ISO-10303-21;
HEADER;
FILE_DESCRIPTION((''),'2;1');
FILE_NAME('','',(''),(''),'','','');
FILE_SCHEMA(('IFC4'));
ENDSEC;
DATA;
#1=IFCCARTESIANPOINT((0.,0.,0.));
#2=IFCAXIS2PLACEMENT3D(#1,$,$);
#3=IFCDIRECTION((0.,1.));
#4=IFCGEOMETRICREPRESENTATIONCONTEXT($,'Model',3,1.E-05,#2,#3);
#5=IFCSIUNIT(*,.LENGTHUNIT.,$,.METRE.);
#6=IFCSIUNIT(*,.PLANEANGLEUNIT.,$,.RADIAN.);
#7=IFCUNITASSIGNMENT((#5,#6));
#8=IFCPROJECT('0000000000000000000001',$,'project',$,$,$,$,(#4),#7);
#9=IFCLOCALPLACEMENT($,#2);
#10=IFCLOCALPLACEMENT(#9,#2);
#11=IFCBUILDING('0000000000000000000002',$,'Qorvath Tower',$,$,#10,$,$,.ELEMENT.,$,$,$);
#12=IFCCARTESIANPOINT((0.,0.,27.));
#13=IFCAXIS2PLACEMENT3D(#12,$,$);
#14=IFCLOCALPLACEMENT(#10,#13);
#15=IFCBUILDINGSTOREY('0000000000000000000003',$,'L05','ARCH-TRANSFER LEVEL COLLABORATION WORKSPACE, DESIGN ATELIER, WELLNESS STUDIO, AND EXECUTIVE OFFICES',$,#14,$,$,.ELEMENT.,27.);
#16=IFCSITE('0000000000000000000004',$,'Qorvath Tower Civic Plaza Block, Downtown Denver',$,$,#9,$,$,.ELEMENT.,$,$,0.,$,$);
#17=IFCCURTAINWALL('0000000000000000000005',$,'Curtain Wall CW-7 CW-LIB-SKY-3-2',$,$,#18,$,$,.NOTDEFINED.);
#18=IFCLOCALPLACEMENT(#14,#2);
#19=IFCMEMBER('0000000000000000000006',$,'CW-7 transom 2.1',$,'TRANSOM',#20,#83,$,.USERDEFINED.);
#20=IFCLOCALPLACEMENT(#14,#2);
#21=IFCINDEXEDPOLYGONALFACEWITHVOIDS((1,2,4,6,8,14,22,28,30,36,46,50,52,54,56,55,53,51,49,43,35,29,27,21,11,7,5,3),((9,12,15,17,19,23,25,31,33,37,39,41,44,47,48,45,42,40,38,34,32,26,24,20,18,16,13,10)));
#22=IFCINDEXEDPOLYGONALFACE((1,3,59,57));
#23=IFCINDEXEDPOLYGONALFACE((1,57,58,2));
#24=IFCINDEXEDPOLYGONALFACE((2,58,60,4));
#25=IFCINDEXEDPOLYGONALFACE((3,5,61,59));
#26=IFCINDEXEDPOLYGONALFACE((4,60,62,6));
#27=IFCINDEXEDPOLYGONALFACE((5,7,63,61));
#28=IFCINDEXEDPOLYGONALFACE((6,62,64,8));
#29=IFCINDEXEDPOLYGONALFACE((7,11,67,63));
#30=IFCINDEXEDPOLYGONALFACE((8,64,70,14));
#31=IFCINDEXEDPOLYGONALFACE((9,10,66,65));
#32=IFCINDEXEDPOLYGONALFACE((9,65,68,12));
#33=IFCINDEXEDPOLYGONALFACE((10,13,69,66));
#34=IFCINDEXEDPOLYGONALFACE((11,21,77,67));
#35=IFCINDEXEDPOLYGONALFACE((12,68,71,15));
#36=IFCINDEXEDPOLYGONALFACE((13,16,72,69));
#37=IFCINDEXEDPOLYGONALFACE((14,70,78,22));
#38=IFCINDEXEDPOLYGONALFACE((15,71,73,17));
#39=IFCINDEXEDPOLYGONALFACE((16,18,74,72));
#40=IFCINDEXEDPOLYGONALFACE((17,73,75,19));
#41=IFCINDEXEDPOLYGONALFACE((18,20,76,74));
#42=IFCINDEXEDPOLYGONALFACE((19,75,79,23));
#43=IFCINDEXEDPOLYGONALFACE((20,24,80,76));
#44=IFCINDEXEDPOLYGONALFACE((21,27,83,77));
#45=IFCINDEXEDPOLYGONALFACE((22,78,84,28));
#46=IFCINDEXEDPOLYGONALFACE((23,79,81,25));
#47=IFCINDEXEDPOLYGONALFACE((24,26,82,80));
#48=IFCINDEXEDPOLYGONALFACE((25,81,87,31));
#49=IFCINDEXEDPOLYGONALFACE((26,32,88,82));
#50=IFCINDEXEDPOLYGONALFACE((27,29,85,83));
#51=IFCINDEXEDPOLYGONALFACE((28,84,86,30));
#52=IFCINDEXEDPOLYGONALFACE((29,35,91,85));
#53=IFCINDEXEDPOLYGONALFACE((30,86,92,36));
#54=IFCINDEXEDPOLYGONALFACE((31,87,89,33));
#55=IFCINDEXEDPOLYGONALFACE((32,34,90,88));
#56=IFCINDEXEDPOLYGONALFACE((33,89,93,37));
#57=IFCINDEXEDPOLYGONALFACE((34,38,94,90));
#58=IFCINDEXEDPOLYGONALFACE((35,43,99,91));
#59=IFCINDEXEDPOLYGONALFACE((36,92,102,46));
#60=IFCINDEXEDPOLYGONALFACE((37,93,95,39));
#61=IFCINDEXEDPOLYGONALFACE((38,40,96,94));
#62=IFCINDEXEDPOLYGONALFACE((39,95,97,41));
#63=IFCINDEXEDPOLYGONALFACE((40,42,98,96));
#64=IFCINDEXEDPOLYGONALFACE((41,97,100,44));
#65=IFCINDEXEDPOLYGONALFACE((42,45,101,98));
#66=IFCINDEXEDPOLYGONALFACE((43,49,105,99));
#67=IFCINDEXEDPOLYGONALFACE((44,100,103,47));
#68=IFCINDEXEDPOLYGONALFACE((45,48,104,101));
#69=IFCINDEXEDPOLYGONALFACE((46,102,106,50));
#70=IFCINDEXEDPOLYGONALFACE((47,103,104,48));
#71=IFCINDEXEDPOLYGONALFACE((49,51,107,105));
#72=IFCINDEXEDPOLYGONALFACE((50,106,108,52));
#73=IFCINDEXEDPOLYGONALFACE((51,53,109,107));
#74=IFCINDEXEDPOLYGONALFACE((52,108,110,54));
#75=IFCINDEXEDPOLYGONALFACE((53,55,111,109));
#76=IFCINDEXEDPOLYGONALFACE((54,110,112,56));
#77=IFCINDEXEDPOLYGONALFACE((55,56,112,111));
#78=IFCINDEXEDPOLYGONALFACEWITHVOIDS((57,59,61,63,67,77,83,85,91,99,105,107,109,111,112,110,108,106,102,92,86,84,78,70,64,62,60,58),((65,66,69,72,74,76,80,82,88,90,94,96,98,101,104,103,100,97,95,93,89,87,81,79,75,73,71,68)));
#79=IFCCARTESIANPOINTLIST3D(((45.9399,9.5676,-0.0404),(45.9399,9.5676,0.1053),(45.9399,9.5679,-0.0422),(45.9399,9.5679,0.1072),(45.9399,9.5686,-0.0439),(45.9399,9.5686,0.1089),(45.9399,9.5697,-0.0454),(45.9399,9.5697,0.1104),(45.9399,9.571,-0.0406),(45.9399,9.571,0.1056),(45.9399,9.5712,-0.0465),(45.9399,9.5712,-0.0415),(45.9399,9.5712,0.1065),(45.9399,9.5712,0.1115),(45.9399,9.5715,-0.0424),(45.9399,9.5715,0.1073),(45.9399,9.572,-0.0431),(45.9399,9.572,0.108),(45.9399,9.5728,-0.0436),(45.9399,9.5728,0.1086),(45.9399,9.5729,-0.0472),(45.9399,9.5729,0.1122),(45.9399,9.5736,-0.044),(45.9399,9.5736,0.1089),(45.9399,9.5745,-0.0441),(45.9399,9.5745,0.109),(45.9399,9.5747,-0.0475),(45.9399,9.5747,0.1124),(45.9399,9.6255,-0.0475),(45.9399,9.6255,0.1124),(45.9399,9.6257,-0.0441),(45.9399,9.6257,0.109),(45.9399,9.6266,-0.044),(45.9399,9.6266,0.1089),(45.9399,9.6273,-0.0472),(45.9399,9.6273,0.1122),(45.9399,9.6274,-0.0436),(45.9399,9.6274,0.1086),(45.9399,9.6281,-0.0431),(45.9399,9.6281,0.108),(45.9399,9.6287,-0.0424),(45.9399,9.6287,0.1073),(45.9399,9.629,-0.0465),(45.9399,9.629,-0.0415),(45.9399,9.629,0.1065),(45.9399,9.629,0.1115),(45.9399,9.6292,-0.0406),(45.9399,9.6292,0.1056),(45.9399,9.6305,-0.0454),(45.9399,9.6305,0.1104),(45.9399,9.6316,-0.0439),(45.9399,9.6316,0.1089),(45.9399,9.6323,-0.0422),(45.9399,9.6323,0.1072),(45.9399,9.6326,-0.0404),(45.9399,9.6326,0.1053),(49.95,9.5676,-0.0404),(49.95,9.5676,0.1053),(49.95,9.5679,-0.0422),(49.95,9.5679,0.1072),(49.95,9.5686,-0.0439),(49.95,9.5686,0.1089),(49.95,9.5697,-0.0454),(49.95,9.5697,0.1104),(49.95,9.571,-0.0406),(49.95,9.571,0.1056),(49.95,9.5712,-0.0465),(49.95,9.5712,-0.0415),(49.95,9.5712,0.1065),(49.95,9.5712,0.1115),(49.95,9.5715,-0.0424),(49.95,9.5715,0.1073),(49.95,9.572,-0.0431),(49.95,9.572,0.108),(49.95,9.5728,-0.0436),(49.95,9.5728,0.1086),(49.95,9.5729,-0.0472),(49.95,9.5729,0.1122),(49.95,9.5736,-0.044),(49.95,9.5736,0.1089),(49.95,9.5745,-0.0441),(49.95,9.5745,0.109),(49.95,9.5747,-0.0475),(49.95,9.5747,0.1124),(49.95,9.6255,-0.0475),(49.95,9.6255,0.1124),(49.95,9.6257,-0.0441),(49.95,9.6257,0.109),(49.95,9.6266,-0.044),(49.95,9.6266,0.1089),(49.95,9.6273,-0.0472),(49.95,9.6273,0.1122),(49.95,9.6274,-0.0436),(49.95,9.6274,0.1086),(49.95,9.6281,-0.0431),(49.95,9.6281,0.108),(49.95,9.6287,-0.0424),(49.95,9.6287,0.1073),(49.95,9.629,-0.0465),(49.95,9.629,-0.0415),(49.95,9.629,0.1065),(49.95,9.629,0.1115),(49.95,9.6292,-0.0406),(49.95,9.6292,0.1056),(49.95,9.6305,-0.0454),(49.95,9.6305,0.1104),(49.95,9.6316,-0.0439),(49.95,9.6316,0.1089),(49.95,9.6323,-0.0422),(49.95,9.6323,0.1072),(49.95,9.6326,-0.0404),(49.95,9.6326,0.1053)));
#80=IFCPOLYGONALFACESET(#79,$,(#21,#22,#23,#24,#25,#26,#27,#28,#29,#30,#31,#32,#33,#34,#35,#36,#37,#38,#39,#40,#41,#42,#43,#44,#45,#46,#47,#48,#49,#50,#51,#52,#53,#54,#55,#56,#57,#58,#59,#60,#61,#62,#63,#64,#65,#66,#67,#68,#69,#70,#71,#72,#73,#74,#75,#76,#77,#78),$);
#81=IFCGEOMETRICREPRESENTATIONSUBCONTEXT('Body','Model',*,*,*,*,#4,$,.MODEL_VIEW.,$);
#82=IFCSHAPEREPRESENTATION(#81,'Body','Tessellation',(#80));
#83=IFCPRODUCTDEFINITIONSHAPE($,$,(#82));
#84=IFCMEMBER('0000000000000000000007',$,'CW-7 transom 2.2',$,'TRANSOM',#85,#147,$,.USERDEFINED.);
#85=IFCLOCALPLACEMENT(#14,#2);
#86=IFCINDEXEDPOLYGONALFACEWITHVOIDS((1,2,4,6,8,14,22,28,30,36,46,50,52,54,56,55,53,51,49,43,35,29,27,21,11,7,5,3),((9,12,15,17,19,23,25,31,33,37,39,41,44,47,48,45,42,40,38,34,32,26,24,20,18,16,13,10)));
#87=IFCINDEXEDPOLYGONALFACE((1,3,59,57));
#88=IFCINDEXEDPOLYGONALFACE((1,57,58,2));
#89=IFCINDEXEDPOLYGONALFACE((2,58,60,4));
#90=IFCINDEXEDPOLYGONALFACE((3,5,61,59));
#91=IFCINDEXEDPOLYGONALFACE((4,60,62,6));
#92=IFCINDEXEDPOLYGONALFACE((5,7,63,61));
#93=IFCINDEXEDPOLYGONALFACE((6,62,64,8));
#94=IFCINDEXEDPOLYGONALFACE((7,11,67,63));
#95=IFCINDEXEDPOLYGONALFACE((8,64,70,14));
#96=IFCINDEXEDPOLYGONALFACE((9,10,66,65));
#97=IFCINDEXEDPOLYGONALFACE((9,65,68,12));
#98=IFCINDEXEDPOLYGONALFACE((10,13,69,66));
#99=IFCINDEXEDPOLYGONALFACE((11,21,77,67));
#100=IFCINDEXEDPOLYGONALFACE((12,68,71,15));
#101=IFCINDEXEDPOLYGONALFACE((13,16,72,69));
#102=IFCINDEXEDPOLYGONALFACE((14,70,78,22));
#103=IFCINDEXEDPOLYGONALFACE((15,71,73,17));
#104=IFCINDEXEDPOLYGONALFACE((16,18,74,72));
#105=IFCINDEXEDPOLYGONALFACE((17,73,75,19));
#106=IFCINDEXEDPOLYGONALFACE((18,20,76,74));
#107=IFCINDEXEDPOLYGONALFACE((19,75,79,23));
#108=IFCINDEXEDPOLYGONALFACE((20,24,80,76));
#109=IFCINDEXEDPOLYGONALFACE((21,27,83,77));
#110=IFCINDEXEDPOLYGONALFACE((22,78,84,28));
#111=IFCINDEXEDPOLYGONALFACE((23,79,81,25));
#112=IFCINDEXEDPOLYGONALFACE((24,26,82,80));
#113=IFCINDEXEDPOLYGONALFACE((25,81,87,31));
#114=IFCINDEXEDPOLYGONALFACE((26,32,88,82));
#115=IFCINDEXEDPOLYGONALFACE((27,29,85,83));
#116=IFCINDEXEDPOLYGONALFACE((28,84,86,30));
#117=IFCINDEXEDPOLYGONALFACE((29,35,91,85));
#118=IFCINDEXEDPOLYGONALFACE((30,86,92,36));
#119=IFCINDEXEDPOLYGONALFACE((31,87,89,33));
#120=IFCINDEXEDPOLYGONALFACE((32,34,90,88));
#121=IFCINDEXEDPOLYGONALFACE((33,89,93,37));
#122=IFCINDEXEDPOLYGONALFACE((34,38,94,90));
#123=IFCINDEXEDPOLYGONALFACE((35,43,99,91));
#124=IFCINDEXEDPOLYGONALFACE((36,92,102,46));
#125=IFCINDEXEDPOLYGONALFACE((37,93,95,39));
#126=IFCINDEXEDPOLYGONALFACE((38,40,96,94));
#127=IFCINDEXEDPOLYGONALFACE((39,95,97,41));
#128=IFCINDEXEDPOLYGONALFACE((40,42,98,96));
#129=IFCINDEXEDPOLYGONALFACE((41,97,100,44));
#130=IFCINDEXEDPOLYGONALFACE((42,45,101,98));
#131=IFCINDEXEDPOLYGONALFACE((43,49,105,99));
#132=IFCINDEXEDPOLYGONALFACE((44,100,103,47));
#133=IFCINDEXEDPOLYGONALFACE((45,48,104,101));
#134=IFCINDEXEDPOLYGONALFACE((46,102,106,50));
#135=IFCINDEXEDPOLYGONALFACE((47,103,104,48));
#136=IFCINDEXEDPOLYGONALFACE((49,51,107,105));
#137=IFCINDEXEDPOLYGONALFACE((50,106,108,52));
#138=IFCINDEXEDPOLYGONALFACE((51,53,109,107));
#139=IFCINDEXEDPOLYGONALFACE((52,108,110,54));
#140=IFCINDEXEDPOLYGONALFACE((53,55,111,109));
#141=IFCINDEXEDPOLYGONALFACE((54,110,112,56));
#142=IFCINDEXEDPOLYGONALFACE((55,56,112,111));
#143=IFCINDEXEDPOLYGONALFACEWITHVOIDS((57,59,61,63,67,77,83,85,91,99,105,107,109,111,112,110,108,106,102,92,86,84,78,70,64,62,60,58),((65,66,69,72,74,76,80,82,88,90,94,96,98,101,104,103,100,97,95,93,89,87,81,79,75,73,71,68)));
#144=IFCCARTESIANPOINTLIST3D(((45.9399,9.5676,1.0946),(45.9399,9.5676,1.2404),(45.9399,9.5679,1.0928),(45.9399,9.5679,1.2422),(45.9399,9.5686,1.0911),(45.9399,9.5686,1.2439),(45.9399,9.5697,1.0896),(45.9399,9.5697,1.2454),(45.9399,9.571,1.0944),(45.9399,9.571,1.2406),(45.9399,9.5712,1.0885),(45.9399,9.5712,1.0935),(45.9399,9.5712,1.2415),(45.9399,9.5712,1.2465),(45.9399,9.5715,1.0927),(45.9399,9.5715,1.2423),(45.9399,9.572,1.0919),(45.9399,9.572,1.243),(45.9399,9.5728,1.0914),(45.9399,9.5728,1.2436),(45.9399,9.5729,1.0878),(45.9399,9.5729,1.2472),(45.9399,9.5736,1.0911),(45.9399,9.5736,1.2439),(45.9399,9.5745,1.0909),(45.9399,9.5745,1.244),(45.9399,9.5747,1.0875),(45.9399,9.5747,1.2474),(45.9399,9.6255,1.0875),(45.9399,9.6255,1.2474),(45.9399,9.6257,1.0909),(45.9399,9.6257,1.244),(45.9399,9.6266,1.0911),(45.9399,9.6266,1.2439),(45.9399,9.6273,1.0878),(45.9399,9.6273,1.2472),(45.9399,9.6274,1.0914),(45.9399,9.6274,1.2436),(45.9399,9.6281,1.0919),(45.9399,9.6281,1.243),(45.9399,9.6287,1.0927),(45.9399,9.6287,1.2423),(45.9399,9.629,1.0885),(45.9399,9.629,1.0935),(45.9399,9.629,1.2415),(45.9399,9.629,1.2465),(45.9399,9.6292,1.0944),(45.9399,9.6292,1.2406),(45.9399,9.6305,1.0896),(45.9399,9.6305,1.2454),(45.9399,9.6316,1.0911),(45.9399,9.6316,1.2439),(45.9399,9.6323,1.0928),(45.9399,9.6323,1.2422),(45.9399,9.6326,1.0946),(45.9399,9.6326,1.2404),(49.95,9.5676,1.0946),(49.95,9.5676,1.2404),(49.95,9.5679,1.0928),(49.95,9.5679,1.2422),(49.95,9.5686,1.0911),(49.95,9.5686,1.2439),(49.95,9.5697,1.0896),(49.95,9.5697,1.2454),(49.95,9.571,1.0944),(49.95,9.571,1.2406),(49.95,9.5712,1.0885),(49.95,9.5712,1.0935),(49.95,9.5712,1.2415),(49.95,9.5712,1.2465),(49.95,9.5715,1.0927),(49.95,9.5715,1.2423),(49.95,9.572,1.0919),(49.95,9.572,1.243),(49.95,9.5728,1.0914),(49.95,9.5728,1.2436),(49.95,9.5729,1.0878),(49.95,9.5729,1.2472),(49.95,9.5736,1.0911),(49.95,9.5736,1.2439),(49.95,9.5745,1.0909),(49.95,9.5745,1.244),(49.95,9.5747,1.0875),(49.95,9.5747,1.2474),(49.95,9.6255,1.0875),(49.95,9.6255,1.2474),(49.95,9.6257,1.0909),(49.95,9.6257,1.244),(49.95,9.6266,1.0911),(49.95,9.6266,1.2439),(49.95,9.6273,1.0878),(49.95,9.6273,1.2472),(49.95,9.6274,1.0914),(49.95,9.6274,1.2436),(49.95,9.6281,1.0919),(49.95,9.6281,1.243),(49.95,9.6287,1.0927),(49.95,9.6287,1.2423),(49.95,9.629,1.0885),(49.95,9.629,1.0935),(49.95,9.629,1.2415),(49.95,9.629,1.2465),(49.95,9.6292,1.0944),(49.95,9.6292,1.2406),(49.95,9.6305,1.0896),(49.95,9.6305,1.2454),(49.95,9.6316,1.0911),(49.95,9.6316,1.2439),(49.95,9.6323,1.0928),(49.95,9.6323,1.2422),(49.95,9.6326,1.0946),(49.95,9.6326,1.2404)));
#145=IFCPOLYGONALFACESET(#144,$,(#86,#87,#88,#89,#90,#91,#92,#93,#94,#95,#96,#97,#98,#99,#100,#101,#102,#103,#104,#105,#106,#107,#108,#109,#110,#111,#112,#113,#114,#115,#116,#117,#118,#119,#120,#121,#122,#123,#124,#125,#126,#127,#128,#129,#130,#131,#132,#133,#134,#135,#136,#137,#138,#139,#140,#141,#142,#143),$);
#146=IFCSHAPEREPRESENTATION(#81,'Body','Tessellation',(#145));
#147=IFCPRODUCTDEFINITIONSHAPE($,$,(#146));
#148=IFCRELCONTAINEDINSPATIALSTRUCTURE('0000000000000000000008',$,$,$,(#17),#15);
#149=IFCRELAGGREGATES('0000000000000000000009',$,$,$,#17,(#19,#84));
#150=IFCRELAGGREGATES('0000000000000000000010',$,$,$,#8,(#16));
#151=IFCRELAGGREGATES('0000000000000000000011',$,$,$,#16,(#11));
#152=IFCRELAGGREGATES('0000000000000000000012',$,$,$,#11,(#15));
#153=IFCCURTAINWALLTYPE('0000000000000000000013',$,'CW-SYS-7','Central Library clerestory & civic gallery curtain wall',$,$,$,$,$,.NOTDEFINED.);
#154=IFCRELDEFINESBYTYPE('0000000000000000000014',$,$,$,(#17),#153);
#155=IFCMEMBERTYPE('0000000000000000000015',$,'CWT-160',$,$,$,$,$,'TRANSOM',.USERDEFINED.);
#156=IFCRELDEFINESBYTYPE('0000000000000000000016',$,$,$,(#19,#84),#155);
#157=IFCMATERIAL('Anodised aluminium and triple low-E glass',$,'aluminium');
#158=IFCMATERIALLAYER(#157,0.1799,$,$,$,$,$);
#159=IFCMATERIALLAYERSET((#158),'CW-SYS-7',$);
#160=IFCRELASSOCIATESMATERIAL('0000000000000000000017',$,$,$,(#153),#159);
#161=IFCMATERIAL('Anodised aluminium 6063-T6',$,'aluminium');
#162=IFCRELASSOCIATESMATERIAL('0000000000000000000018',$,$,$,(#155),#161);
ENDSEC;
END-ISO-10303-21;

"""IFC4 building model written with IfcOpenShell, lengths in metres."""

from ifc_helpers import new_model, si_unit, direction, frame, origin, origin_2d, place, context, subcontext, project, spatial, hollow_rectangle, extrude, material, layer, layer_set, material_profile, profile_set, type_object, element, aggregate, save


model = new_model("IFC4")

# Units and contexts
model_context = context("Model", 3, precision=1e-05, world=origin(), true_north=direction((0.0, 1.0)))
body_context = subcontext(model_context, "Body", "Model", "MODEL_VIEW")
ifc_project = project(units=[si_unit("LENGTHUNIT", "METRE"), si_unit("PLANEANGLEUNIT", "RADIAN")], contexts=[model_context])

# Site, building, storey
site_placement = place(None, origin())
site = spatial("IfcSite", under=ifc_project, at=site_placement, Name="Qorvath Tower Civic Plaza Block, Downtown Denver", CompositionType="ELEMENT", RefElevation=0.0)
building_placement = place(site_placement, origin())
building = spatial("IfcBuilding", under=site, at=building_placement, Name="Qorvath Tower", CompositionType="ELEMENT")
storey_placement = place(building_placement, frame((0.0, 0.0, 27.0)))
storey = spatial("IfcBuildingStorey", under=building, at=storey_placement, Name="L05", Description="ARCH-TRANSFER LEVEL COLLABORATION WORKSPACE, DESIGN ATELIER, WELLNESS STUDIO, AND EXECUTIVE OFFICES", CompositionType="ELEMENT", Elevation=27.0)

# Curtain wall
ifc_material_1 = material(Name="Anodised aluminium and triple low-E glass", Category="aluminium")
ifc_layer_1 = layer(ifc_material_1, 0.1799)
ifc_layer_set_1 = layer_set([ifc_layer_1], Name="CW-SYS-7")
curtain_wall_type = type_object("IfcCurtainWallType", Name="CW-SYS-7", Description="Central Library clerestory & civic gallery curtain wall", PredefinedType="NOTDEFINED", material=ifc_layer_set_1)
curtain_wall_1_placement = place(storey_placement, origin())
curtain_wall_1 = element("IfcCurtainWall", 1, at=curtain_wall_1_placement, inside=storey, type_object=curtain_wall_type, Name="Curtain Wall CW-7 CW-LIB-SKY-3-2", PredefinedType="NOTDEFINED")

# Members
ifc_material_2 = material(Name="Anodised aluminium 6063-T6", Category="aluminium")
ifc_material_profile_1 = material_profile(ifc_material_2, hollow_rectangle(XDim=0.0649, YDim=0.1599, WallThickness=0.0034, InnerFilletRadius=0.0034, OuterFilletRadius=0.0071, at=origin_2d()), Name="CWT 160x65")
ifc_profile_set_1 = profile_set([ifc_material_profile_1], Name="Anodised aluminium 6063-T6")
member_type_1 = type_object("IfcMemberType", Name="CWT-160", ElementType="TRANSOM", PredefinedType="USERDEFINED", material=ifc_profile_set_1)
member_1_placement = place(storey_placement, frame((45.9399, 9.6001, 0.0325), z_axis=(1.0, 0.0, 0.0), x_axis=(0.0, 1.0, 0.0)))
member_1 = element("IfcMember", 2, at=member_1_placement, type_object=member_type_1, Name="CW-7 transom 2.1", ObjectType="TRANSOM", PredefinedType="USERDEFINED", context=body_context, shape_type="SweptSolid", body=[
    extrude(hollow_rectangle(XDim=0.0649, YDim=0.1599, WallThickness=0.0034, InnerFilletRadius=0.0034, OuterFilletRadius=0.0071, at=origin_2d()), origin(), (0.0, 0.0, 1.0), 4.01),
])
member_2_placement = place(storey_placement, frame((45.9399, 9.6001, 1.1675), z_axis=(1.0, 0.0, 0.0), x_axis=(0.0, 1.0, 0.0)))
member_2 = element("IfcMember", 3, at=member_2_placement, type_object=member_type_1, Name="CW-7 transom 2.2", ObjectType="TRANSOM", PredefinedType="USERDEFINED", context=body_context, shape_type="SweptSolid", body=[
    extrude(hollow_rectangle(XDim=0.0649, YDim=0.1599, WallThickness=0.0034, InnerFilletRadius=0.0034, OuterFilletRadius=0.0071, at=origin_2d()), origin(), (0.0, 0.0, 1.0), 4.01),
])

aggregate(curtain_wall_1, [member_1, member_2])

save(model, "model.ifc")
